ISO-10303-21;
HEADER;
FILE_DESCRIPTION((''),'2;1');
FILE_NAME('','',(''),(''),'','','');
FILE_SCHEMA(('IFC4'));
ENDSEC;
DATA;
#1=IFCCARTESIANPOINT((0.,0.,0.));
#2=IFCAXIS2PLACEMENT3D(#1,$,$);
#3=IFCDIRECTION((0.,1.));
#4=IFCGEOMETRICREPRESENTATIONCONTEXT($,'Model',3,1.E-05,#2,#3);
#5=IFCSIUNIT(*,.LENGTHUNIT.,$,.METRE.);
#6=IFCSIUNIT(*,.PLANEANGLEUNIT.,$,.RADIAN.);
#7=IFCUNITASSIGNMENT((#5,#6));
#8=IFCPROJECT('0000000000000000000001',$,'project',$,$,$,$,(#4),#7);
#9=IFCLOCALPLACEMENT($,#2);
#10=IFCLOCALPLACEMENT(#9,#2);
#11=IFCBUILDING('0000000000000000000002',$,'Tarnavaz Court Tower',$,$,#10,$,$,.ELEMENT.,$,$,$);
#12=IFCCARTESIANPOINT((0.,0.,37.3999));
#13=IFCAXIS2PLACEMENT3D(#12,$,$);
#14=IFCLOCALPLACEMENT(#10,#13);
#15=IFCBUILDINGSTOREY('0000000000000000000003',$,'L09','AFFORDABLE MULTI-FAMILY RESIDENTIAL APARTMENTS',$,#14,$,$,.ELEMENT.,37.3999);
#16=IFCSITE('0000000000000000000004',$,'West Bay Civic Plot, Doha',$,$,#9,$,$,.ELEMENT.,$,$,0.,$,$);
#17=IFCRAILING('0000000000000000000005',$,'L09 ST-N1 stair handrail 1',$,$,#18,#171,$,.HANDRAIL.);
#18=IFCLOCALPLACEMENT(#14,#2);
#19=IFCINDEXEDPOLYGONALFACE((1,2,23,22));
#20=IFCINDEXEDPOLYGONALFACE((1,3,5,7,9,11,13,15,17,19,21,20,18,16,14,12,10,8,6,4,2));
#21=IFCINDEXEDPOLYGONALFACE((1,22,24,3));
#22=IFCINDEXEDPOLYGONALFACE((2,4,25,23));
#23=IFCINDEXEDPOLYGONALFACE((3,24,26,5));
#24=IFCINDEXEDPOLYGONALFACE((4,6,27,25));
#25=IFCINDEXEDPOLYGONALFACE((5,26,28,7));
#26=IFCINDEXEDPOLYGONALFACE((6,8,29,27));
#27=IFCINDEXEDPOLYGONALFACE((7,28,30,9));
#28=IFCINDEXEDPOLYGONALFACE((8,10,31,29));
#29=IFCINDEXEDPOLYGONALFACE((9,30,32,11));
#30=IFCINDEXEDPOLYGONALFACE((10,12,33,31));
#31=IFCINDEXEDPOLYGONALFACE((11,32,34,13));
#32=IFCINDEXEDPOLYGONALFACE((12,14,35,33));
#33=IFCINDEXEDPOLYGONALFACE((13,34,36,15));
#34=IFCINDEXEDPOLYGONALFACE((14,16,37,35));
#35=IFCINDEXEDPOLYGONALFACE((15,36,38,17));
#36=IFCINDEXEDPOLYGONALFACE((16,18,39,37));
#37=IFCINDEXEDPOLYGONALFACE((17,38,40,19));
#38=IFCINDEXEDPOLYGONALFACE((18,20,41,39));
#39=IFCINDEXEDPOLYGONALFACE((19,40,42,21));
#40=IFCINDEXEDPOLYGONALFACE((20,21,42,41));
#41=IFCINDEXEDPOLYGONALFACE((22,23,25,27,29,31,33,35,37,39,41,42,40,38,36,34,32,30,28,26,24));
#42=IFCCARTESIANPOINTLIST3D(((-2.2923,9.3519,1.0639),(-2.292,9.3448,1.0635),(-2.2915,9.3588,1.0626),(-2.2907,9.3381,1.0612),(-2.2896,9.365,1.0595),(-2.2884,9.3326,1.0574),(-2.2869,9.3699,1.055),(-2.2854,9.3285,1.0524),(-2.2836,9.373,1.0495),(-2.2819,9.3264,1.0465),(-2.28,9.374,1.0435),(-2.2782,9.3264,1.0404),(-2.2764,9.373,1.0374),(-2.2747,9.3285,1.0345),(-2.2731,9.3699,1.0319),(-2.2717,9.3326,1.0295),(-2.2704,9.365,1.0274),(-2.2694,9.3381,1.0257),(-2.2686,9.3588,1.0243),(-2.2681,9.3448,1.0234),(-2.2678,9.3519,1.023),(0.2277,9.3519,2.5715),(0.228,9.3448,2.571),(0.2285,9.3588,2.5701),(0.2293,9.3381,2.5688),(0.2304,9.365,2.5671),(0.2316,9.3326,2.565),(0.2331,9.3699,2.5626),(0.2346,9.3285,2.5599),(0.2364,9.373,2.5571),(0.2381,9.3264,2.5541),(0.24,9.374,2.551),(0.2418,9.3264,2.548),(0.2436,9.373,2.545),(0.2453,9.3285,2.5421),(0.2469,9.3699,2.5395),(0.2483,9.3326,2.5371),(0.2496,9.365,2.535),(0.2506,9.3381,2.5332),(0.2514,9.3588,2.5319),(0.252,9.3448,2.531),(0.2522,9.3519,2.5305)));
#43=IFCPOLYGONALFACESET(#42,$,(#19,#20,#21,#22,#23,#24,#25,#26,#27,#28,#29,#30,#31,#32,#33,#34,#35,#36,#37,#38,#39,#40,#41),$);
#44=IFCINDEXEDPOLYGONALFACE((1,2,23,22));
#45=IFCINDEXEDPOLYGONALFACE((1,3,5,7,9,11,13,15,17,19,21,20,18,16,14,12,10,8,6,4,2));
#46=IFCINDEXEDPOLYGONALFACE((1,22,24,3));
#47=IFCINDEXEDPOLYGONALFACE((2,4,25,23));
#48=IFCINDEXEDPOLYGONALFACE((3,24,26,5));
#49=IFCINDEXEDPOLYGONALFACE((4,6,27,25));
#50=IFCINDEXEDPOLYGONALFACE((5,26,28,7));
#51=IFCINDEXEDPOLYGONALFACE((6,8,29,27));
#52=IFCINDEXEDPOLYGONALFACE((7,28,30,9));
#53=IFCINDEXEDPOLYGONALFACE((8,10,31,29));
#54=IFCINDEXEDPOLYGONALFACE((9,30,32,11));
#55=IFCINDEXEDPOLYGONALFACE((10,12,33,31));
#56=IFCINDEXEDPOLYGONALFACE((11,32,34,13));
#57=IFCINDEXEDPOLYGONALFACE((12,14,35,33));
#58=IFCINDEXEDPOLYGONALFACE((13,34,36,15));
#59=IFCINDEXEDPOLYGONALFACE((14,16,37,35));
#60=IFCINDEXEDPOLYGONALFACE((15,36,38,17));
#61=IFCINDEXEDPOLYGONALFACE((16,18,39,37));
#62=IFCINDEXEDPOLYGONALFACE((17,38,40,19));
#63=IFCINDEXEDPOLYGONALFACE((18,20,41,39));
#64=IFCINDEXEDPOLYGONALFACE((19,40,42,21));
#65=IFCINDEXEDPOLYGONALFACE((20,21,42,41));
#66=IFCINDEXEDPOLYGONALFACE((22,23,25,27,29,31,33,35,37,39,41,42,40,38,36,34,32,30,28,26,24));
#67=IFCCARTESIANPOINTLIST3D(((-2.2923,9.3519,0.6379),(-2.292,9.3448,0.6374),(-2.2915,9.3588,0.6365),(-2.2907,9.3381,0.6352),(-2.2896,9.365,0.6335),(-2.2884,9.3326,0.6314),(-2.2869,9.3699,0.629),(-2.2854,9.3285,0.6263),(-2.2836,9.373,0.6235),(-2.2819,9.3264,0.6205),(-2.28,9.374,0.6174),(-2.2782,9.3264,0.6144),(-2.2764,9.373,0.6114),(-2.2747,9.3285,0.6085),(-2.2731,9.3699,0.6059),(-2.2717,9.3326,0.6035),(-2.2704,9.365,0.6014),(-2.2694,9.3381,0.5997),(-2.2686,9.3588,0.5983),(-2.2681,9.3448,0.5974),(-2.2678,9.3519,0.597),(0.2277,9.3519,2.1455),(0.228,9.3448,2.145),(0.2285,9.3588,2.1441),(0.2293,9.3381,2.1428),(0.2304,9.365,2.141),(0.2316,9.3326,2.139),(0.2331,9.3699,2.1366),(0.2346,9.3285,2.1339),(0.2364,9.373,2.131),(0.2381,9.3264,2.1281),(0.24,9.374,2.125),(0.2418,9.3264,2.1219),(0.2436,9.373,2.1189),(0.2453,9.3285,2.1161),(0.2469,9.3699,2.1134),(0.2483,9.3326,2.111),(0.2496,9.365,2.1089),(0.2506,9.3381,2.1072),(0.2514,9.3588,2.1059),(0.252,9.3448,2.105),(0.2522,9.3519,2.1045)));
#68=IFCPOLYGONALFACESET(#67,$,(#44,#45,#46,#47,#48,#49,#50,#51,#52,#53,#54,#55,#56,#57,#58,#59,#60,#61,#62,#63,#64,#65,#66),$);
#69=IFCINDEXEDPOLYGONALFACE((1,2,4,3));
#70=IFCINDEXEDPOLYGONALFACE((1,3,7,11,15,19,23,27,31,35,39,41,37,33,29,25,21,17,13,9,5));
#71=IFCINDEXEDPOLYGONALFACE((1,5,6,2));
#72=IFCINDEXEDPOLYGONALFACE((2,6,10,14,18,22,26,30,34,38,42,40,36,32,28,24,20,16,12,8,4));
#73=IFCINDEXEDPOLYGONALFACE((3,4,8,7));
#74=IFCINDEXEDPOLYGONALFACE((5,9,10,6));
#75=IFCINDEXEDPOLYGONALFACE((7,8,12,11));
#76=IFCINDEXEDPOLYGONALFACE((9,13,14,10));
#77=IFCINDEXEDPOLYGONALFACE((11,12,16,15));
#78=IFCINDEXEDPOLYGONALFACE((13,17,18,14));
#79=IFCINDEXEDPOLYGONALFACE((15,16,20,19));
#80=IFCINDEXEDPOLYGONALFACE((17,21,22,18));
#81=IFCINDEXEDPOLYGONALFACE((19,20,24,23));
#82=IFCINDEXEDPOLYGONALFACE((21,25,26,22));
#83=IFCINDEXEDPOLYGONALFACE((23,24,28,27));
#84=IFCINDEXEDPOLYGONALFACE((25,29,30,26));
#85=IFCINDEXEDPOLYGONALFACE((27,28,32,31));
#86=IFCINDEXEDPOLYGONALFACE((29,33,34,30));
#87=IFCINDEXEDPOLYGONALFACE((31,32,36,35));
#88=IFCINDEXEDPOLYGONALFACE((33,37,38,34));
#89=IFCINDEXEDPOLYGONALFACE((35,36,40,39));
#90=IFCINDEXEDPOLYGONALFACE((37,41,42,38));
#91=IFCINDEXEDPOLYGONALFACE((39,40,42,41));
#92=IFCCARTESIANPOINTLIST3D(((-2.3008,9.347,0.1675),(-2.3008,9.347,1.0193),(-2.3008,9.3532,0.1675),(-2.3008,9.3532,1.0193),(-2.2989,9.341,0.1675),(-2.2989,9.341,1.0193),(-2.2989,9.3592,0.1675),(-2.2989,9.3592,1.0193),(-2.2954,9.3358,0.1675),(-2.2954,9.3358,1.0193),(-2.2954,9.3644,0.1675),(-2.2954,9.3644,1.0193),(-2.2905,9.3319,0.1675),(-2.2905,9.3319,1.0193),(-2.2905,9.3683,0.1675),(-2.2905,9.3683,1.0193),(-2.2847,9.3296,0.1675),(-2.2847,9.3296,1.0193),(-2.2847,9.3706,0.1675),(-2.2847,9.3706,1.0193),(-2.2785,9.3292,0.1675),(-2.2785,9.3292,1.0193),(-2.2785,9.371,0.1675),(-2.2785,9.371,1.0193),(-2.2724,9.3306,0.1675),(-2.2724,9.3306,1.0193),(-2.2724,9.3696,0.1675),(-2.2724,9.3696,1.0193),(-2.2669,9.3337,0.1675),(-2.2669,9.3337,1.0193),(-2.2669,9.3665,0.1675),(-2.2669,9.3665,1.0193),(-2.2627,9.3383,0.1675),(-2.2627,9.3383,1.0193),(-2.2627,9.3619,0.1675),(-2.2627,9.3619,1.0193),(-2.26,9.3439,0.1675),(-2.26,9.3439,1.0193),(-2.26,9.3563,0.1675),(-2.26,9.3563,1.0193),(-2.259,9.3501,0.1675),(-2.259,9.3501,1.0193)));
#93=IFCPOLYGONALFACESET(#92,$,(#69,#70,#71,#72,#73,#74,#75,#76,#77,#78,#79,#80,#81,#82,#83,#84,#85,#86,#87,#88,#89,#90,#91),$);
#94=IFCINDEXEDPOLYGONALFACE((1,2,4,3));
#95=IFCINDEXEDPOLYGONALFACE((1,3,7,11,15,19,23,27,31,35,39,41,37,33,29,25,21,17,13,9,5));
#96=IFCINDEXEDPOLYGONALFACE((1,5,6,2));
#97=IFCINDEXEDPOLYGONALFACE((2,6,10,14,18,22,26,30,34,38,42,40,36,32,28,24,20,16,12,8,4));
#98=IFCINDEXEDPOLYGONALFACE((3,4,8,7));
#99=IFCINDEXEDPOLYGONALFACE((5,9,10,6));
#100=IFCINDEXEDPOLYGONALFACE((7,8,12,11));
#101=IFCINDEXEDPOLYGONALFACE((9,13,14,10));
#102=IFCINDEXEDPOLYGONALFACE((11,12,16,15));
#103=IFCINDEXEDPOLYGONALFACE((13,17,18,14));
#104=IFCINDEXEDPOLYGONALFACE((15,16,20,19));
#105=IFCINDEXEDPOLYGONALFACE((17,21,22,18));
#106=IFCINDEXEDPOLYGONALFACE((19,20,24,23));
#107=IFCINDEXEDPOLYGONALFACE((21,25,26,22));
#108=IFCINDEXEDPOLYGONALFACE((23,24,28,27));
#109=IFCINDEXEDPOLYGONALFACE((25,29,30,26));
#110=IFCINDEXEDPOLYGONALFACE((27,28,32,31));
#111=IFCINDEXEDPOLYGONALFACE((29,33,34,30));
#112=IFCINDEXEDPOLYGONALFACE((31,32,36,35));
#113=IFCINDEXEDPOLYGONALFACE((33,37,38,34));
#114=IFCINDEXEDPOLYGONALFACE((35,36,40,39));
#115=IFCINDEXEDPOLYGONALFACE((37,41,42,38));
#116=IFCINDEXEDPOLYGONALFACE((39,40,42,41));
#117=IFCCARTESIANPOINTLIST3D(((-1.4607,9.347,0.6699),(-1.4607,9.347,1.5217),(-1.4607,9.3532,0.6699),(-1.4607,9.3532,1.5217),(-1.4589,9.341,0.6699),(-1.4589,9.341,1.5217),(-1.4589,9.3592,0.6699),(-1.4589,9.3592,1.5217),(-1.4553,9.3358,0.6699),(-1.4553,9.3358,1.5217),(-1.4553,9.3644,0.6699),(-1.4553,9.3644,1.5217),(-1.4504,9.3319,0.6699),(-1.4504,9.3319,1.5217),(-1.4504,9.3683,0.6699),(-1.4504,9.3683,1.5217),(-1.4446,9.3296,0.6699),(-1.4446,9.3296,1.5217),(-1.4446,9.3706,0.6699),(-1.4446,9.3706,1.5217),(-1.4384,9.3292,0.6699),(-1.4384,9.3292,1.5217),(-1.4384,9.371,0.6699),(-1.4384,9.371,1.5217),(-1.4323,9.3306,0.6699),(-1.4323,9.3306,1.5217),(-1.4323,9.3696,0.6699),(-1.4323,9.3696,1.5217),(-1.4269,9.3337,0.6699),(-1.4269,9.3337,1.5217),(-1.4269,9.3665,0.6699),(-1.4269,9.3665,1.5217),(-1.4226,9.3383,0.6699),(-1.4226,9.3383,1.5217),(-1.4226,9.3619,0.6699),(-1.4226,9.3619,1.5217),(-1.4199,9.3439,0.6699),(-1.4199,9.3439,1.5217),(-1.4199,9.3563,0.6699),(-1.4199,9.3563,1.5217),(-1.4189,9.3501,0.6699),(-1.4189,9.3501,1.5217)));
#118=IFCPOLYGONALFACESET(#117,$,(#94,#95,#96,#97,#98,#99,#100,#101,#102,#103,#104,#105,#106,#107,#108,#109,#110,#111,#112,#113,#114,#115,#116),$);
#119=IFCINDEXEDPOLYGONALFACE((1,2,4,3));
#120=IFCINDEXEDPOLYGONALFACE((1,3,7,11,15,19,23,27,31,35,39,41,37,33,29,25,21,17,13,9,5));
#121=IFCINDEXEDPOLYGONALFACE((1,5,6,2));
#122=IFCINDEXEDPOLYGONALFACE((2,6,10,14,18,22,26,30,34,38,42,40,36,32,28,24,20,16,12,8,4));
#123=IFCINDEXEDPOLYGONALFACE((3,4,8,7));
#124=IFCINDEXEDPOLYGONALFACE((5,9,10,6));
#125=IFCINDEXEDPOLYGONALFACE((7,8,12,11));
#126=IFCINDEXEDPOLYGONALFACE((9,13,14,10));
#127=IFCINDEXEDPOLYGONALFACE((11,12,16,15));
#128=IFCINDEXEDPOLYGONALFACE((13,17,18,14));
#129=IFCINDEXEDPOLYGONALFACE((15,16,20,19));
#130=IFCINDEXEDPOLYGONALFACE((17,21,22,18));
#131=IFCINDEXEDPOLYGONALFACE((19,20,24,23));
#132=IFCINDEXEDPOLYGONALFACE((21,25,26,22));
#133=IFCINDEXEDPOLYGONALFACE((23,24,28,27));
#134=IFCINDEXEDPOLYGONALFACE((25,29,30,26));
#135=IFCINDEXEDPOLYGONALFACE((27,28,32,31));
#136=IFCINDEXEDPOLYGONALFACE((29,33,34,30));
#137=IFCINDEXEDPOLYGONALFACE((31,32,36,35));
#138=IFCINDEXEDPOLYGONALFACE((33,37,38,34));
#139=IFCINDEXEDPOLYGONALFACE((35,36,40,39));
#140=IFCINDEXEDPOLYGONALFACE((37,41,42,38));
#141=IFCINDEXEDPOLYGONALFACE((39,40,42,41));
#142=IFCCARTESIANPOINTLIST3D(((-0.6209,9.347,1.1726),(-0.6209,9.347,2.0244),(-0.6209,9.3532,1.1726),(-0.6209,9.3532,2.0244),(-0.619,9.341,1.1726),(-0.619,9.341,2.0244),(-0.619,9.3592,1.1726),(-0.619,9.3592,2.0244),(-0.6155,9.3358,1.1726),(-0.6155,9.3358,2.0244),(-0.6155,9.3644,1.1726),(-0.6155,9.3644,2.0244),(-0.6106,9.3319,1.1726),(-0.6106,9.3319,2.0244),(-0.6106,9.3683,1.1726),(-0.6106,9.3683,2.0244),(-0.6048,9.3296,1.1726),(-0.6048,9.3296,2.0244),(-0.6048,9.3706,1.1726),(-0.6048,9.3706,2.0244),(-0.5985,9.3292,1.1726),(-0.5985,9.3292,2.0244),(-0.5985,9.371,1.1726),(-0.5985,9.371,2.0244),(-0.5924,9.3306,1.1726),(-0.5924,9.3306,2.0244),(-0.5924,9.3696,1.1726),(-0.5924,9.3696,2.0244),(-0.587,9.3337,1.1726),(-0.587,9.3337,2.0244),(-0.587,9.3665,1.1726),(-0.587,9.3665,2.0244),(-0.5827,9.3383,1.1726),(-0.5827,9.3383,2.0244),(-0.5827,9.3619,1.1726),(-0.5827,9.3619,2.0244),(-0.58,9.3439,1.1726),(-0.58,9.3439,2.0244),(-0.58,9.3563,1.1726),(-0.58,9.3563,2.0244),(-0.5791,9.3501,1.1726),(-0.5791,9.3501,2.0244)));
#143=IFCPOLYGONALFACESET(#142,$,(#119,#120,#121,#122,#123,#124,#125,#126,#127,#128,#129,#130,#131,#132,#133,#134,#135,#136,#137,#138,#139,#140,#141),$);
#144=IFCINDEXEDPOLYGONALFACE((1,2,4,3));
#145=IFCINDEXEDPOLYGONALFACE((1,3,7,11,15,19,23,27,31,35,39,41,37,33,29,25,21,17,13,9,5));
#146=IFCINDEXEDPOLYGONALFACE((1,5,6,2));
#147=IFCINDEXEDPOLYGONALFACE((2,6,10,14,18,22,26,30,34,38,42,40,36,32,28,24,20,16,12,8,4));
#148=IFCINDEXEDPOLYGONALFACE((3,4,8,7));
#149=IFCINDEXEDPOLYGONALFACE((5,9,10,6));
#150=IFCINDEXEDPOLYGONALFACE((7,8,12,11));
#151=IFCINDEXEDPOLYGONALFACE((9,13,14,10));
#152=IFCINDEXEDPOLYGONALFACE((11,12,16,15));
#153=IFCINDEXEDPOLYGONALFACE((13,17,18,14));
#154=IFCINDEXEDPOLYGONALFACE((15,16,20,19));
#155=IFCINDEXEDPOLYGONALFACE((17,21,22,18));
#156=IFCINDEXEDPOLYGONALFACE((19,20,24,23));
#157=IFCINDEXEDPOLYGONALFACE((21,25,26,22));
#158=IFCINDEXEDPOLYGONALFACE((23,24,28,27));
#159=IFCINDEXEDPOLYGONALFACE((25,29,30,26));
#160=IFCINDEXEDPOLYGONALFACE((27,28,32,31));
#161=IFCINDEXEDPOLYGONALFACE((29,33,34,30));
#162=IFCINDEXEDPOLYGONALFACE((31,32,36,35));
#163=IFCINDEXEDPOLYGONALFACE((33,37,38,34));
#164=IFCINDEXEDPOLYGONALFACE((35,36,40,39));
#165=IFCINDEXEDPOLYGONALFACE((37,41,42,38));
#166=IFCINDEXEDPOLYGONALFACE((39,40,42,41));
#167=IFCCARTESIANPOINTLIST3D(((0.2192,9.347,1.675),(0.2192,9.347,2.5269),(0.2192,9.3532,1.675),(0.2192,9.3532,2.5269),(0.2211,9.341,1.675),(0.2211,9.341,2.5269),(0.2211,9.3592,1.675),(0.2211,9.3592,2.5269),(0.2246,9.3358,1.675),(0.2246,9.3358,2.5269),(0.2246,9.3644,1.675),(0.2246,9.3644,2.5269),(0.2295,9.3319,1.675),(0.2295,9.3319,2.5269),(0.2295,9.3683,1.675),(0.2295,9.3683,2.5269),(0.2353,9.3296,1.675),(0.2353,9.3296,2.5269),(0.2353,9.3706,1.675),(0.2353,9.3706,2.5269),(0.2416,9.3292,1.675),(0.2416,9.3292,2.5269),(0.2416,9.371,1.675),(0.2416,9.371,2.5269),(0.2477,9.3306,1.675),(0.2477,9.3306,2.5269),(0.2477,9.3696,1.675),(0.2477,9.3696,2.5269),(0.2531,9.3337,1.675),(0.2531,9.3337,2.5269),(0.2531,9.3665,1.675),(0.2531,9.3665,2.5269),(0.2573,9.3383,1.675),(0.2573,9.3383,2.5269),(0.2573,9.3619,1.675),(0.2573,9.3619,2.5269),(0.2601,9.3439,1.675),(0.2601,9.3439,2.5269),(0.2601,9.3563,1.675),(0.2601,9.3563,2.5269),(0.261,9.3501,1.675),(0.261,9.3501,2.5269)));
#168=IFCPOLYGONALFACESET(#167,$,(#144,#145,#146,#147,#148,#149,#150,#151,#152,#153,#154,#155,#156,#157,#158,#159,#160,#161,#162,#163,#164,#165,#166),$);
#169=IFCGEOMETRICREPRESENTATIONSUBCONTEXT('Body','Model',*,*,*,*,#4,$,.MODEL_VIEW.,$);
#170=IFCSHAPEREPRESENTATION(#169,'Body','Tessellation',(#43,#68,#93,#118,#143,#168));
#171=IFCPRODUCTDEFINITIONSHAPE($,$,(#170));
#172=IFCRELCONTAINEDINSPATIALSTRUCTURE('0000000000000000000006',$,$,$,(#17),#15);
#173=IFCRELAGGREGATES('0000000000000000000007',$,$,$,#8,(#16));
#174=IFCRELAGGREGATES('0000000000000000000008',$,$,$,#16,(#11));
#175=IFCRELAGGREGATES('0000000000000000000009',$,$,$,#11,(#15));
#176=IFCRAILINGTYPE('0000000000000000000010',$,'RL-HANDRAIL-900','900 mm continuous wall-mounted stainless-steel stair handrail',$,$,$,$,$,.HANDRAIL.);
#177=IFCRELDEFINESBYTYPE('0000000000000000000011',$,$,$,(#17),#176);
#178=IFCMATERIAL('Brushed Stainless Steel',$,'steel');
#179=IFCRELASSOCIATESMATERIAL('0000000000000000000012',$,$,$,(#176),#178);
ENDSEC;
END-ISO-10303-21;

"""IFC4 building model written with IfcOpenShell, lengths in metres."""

from ifc_helpers import new_model, si_unit, direction, frame, origin, origin_2d, place, context, subcontext, project, spatial, circle, extrude, material, type_object, element, save


model = new_model("IFC4")

# Units and contexts
model_context = context("Model", 3, precision=1e-05, world=origin(), true_north=direction((0.0, 1.0)))
body_context = subcontext(model_context, "Body", "Model", "MODEL_VIEW")
ifc_project = project(units=[si_unit("LENGTHUNIT", "METRE"), si_unit("PLANEANGLEUNIT", "RADIAN")], contexts=[model_context])

# Site, building, storey
site_placement = place(None, origin())
site = spatial("IfcSite", under=ifc_project, at=site_placement, Name="West Bay Civic Plot, Doha", CompositionType="ELEMENT", RefElevation=0.0)
building_placement = place(site_placement, origin())
building = spatial("IfcBuilding", under=site, at=building_placement, Name="Tarnavaz Court Tower", CompositionType="ELEMENT")
storey_placement = place(building_placement, frame((0.0, 0.0, 37.3999)))
storey = spatial("IfcBuildingStorey", under=building, at=storey_placement, Name="L09", Description="AFFORDABLE MULTI-FAMILY RESIDENTIAL APARTMENTS", CompositionType="ELEMENT", Elevation=37.3999)

# Railing
ifc_material_1 = material(Name="Brushed Stainless Steel", Category="steel")
railing_type_1 = type_object("IfcRailingType", Name="RL-HANDRAIL-900", Description="900 mm continuous wall-mounted stainless-steel stair handrail", PredefinedType="HANDRAIL", material=ifc_material_1)
railing_1_placement = place(storey_placement, frame((-2.28, 9.3501, 0.1675)))
element("IfcRailing", 1, at=railing_1_placement, inside=storey, type_object=railing_type_1, Name="L09 ST-N1 stair handrail 1", PredefinedType="HANDRAIL", context=body_context, shape_type="SweptSolid", body=[
    extrude(circle(Radius=0.0239, at=origin_2d()), frame((0.0, 0.0, 0.876), z_axis=(0.85816, 0.0, 0.513383), x_axis=(0.0, 1.0, 0.0)), (0.0, 0.0, 1.0), 2.9365),
    extrude(circle(Radius=0.0239, at=origin_2d()), frame((0.0, 0.0, 0.45), z_axis=(0.85816, 0.0, 0.513383), x_axis=(0.0, 1.0, 0.0)), (0.0, 0.0, 1.0), 2.9365),
    extrude(circle(Radius=0.021, at=origin_2d()), origin(), (0.0, 0.0, 1.0), 0.8518),
    extrude(circle(Radius=0.021, at=origin_2d()), frame((0.8401, 0.0, 0.5024)), (0.0, 0.0, 1.0), 0.8518),
    extrude(circle(Radius=0.021, at=origin_2d()), frame((1.6799, 0.0, 1.0051)), (0.0, 0.0, 1.0), 0.8518),
    extrude(circle(Radius=0.021, at=origin_2d()), frame((2.52, 0.0, 1.5076)), (0.0, 0.0, 1.0), 0.8518),
])

save(model, "model.ifc")
